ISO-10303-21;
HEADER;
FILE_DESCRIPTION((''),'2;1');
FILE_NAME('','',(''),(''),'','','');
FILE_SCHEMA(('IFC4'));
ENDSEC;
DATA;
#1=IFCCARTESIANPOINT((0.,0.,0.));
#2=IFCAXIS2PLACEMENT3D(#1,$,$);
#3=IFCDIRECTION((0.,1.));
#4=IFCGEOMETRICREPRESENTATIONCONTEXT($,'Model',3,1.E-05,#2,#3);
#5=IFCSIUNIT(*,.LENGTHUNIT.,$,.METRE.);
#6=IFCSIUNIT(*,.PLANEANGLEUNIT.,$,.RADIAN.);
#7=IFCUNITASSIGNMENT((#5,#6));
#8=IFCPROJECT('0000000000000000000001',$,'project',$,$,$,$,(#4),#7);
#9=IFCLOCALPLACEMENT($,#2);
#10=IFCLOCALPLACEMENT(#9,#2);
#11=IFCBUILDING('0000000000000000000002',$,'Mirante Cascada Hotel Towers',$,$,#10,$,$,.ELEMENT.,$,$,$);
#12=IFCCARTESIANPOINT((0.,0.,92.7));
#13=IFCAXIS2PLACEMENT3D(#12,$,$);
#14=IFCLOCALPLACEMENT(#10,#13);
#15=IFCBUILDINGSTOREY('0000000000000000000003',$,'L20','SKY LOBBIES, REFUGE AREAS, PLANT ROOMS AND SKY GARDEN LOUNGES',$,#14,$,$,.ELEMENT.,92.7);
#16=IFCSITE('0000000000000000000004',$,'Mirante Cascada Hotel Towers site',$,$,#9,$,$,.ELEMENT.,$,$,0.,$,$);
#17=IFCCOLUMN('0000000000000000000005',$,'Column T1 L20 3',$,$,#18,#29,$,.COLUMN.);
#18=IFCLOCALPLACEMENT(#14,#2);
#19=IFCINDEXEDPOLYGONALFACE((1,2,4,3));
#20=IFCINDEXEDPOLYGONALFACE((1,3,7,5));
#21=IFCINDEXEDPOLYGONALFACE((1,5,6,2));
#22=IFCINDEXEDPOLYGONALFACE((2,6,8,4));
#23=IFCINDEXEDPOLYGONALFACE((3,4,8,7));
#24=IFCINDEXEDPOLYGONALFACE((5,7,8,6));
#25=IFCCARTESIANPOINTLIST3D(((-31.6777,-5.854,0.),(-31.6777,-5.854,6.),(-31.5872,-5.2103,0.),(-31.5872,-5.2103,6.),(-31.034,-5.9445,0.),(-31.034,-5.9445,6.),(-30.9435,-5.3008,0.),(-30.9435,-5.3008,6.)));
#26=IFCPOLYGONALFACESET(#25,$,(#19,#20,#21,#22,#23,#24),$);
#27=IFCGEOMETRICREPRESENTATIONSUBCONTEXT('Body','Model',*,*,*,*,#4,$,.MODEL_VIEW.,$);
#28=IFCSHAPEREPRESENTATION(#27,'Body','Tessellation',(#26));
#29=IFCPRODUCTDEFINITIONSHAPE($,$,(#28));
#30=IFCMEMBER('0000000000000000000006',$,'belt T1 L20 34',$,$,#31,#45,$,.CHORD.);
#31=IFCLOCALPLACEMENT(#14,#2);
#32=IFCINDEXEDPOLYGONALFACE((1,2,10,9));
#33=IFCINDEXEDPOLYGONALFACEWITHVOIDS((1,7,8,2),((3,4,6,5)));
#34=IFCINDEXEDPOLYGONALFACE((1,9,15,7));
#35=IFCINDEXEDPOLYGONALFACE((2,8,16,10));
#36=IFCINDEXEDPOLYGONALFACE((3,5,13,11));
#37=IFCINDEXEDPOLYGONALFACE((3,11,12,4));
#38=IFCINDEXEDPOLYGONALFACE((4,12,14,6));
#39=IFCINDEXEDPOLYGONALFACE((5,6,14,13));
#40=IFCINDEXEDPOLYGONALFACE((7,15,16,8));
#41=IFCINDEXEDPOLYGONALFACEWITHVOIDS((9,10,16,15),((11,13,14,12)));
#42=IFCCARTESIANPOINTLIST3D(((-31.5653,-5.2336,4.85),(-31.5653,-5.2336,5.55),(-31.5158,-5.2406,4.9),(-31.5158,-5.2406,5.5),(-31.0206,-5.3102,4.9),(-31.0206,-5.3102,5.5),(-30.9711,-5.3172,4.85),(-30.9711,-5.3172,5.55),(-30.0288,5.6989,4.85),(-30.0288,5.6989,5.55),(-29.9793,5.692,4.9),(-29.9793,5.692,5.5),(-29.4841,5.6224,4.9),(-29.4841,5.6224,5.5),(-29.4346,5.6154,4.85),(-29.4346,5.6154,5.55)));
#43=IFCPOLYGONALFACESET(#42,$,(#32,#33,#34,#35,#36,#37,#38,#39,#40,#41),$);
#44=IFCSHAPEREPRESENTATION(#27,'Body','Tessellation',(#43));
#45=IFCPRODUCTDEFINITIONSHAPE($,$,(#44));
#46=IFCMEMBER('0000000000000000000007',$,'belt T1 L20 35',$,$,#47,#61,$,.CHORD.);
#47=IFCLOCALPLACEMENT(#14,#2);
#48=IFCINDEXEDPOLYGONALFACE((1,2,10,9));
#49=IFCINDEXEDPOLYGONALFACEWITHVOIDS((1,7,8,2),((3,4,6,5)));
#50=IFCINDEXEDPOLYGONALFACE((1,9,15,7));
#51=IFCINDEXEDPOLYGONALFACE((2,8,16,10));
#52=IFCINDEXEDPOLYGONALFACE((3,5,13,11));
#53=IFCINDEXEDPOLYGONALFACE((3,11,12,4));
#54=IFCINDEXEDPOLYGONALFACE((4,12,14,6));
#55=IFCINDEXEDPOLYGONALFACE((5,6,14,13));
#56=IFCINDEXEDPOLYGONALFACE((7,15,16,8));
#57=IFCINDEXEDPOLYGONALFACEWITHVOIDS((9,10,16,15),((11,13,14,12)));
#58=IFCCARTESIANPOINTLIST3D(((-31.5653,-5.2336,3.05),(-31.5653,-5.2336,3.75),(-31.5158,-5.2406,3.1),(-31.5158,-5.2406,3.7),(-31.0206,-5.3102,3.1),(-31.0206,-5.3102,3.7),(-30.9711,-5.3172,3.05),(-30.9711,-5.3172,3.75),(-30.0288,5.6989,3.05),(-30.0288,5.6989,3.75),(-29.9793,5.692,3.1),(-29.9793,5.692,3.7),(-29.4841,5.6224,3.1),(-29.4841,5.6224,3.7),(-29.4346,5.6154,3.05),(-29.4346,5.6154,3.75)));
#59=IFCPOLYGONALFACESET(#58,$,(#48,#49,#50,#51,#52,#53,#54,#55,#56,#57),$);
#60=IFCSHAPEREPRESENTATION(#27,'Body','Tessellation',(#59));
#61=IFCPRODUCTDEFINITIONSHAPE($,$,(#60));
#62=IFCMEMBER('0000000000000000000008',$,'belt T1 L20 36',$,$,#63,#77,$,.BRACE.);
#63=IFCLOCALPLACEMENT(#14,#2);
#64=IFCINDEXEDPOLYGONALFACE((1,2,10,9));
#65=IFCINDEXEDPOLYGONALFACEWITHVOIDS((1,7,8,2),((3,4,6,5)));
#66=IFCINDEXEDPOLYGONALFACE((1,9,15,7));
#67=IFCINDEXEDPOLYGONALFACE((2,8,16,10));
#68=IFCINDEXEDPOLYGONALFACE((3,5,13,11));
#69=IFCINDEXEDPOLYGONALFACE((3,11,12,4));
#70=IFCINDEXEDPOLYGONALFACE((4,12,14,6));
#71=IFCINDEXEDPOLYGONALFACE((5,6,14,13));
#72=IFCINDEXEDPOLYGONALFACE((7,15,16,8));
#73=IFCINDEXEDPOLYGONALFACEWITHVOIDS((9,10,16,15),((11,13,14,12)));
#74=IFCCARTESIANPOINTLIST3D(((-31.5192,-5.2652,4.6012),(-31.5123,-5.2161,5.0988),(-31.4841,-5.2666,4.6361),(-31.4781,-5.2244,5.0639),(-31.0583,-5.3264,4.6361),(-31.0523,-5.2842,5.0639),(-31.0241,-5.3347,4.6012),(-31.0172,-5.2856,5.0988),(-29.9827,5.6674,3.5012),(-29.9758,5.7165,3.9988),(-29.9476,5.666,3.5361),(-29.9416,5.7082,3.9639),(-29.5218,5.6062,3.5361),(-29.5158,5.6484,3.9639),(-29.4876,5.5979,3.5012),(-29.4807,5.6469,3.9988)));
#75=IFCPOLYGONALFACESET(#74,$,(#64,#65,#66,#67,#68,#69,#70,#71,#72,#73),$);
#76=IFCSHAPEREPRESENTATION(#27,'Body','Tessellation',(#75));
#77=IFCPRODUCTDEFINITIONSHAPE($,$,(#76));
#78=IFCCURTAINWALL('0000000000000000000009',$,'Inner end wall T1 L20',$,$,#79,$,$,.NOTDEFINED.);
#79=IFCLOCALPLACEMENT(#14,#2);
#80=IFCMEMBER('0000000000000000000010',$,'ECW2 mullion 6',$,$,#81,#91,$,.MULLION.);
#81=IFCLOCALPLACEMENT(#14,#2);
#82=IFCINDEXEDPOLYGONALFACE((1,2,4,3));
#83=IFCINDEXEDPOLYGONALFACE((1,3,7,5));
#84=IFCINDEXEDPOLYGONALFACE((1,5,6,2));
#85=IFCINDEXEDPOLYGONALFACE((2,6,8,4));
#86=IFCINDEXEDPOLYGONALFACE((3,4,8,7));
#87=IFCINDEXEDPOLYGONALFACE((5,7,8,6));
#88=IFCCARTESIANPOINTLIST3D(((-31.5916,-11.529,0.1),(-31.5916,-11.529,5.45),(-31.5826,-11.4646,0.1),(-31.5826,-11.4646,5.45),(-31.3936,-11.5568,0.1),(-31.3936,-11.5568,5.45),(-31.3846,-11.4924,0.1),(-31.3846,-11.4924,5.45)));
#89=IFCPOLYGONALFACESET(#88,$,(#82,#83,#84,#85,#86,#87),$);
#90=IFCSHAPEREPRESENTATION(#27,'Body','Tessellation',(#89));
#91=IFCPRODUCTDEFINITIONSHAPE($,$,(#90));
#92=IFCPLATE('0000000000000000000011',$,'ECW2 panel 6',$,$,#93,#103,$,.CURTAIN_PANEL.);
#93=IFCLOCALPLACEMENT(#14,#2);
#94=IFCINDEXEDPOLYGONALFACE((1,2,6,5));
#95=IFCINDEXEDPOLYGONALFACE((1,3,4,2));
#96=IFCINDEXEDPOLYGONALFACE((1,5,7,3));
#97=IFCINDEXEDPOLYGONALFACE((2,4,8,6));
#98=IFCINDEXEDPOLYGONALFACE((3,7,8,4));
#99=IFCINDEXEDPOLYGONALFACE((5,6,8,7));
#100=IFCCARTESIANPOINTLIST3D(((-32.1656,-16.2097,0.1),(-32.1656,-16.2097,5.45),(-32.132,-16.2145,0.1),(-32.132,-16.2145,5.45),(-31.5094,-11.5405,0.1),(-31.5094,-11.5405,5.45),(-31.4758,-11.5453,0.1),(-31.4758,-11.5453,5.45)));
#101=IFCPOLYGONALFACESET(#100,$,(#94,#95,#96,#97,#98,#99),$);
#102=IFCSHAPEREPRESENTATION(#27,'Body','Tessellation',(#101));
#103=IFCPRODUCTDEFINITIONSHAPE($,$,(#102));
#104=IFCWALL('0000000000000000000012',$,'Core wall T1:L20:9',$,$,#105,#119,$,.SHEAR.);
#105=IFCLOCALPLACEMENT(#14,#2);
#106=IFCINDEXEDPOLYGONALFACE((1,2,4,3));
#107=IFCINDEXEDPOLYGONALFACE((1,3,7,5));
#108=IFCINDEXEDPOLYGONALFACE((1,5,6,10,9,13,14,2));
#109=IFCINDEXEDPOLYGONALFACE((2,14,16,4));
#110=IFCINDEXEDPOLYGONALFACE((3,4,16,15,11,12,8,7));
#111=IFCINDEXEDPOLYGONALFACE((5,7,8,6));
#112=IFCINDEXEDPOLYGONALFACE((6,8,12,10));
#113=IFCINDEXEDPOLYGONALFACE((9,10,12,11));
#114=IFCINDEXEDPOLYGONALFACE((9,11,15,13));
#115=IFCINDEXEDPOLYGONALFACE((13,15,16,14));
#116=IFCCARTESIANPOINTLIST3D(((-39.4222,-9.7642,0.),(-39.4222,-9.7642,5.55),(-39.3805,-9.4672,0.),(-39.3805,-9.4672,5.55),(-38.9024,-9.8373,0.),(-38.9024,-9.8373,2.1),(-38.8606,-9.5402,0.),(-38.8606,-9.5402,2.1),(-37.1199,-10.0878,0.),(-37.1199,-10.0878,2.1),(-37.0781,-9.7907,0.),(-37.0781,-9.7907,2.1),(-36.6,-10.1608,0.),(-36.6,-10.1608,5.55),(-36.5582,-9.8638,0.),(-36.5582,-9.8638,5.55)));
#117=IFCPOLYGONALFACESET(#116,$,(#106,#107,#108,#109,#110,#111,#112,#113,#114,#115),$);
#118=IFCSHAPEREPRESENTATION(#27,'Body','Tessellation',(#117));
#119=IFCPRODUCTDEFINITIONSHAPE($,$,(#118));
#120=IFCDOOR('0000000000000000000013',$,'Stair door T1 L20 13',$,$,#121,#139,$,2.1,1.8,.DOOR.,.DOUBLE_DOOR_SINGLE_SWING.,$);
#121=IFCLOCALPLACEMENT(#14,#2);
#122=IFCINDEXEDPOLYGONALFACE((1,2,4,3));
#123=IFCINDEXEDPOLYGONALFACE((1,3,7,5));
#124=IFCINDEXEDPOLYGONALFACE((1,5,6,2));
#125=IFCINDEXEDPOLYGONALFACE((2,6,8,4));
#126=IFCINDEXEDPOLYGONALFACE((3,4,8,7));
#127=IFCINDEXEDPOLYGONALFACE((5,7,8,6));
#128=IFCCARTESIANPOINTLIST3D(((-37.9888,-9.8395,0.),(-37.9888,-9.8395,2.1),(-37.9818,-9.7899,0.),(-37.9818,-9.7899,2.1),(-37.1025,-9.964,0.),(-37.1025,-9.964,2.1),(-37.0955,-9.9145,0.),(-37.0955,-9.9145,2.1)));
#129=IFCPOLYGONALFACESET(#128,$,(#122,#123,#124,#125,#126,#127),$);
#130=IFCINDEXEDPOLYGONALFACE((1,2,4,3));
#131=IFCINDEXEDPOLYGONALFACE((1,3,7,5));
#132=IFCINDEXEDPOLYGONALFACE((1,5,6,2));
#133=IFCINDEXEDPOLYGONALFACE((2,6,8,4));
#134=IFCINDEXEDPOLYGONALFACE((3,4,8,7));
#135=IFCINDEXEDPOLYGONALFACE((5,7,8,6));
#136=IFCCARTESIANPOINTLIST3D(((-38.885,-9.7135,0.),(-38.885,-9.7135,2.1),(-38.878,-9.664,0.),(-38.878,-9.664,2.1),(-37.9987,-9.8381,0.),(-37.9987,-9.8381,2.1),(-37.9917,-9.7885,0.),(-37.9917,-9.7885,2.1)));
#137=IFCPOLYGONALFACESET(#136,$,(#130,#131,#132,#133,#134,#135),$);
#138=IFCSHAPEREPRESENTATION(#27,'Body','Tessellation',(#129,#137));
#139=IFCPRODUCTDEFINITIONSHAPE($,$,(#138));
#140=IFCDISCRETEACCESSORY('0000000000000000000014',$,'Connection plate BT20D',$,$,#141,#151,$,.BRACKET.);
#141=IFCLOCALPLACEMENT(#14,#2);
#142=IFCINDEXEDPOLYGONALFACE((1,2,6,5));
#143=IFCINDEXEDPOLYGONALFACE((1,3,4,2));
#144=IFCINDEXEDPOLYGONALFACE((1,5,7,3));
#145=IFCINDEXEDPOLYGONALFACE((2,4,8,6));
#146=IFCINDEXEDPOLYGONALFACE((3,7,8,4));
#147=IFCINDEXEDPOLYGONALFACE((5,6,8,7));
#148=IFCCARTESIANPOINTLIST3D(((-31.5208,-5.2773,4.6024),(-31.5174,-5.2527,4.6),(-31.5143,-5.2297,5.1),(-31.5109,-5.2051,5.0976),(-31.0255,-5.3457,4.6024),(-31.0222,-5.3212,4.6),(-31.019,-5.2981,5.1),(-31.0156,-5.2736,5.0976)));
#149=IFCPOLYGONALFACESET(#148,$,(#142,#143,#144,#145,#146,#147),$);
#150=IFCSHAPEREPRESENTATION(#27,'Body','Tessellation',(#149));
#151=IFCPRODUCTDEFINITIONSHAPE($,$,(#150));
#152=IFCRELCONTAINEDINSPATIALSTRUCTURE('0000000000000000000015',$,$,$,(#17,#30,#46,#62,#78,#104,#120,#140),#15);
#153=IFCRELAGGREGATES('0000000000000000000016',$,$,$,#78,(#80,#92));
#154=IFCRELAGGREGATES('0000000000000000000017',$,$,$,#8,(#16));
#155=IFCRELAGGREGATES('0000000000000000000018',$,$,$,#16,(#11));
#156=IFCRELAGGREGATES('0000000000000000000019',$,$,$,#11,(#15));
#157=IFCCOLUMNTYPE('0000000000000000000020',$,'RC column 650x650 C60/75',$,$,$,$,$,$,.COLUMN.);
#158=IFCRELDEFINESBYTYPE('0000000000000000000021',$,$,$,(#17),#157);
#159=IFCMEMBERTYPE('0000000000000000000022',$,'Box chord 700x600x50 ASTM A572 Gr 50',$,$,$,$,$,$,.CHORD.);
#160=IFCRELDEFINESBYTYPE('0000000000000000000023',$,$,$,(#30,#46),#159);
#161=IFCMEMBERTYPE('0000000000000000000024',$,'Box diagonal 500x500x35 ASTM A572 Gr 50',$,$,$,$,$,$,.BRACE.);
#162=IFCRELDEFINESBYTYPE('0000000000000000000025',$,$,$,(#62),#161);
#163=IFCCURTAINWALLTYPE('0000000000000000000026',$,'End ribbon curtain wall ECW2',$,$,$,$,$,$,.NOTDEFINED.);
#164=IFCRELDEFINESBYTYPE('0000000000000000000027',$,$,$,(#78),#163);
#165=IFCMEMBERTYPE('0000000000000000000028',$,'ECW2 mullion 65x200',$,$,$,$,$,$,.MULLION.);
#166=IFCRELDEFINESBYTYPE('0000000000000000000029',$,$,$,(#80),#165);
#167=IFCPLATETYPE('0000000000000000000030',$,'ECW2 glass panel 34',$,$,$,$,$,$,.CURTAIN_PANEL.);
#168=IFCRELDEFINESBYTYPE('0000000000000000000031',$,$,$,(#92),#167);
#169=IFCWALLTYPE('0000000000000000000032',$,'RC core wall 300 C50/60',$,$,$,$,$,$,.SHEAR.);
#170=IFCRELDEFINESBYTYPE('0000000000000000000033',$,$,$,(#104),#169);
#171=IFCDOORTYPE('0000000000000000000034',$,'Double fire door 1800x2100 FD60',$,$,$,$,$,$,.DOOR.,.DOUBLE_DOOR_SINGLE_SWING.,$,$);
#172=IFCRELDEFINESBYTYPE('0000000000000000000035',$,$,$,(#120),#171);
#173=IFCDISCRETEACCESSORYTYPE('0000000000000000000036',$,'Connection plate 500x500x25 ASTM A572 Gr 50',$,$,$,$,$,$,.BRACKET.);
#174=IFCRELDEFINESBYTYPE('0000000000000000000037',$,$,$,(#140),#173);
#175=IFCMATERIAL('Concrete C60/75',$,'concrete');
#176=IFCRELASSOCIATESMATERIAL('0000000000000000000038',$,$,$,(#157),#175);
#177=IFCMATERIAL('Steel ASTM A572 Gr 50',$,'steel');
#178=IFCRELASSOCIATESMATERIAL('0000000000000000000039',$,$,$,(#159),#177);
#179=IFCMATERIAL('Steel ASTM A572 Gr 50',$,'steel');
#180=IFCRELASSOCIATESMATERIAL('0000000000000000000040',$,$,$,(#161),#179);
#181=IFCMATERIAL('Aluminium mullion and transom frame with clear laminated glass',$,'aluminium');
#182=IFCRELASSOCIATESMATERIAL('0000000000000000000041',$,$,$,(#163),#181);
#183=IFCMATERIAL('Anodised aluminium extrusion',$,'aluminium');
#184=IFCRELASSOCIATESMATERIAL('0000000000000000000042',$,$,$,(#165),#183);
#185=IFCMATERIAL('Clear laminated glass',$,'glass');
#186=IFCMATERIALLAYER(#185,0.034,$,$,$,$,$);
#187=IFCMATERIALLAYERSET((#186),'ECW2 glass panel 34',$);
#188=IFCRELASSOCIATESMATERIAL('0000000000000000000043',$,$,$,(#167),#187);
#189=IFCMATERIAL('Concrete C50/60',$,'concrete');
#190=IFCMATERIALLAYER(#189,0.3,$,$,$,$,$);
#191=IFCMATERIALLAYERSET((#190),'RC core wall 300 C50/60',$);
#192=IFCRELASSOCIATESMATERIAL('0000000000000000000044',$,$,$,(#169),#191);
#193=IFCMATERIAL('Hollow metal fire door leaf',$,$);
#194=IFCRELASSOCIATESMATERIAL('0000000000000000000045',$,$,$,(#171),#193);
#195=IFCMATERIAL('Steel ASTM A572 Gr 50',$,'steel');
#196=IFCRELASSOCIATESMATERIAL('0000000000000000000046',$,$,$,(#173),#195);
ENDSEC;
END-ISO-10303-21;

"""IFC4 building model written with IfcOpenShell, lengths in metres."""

from ifc_helpers import new_model, si_unit, direction, frame, frame_2d, origin, origin_2d, place, context, subcontext, project, spatial, rectangle, hollow_rectangle, extrude, material, layer, layer_set, material_profile, profile_set, type_object, element, fill, aggregate, save


model = new_model("IFC4")

# Units and contexts
model_context = context("Model", 3, precision=1e-05, world=origin(), true_north=direction((0.0, 1.0)))
body_context = subcontext(model_context, "Body", "Model", "MODEL_VIEW")
ifc_project = project(units=[si_unit("LENGTHUNIT", "METRE"), si_unit("PLANEANGLEUNIT", "RADIAN")], contexts=[model_context])

# Site, building, storey
site_placement = place(None, origin())
site = spatial("IfcSite", under=ifc_project, at=site_placement, Name="Mirante Cascada Hotel Towers site", CompositionType="ELEMENT", RefElevation=0.0)
building_placement = place(site_placement, origin())
building = spatial("IfcBuilding", under=site, at=building_placement, Name="Mirante Cascada Hotel Towers", CompositionType="ELEMENT")
storey_placement = place(building_placement, frame((0.0, 0.0, 92.7)))
storey = spatial("IfcBuildingStorey", under=building, at=storey_placement, Name="L20", Description="SKY LOBBIES, REFUGE AREAS, PLANT ROOMS AND SKY GARDEN LOUNGES", CompositionType="ELEMENT", Elevation=92.7)

# Column
ifc_material_1 = material(Name="Concrete C60/75", Category="concrete")
ifc_material_profile_1 = material_profile(ifc_material_1, rectangle(XDim=0.65, YDim=0.65, at=origin_2d()), Name="RC column 650x650 C60/75")
ifc_profile_set_1 = profile_set([ifc_material_profile_1], Name="Concrete C60/75")
column_type = type_object("IfcColumnType", Name="RC column 650x650 C60/75", PredefinedType="COLUMN", material=ifc_profile_set_1)
column_placement = place(storey_placement, frame((-31.3106, -5.5774, 0.0), z_axis=(0.0, 0.0, 1.0), x_axis=(-0.990268, 0.139173, 0.0)))
element("IfcColumn", 1, at=column_placement, inside=storey, type_object=column_type, Name="Column T1 L20 3", PredefinedType="COLUMN", context=body_context, shape_type="SweptSolid", body=[
    extrude(rectangle(XDim=0.65, YDim=0.65, at=origin_2d()), origin(), (0.0, 0.0, 1.0), 6.0),
])

# Members
ifc_material_2 = material(Name="Steel ASTM A572 Gr 50", Category="steel")
ifc_material_profile_2 = material_profile(ifc_material_2, hollow_rectangle(XDim=0.6, YDim=0.7, WallThickness=0.05, at=origin_2d()), Name="Box chord 700x600x50 ASTM A572 Gr 50")
ifc_profile_set_2 = profile_set([ifc_material_profile_2], Name="Steel ASTM A572 Gr 50")
member_type_1 = type_object("IfcMemberType", Name="Box chord 700x600x50 ASTM A572 Gr 50", PredefinedType="CHORD", material=ifc_profile_set_2)
for number, where, z_axis, x_axis, name in (
    (2, (-31.2682, -5.2754, 5.2), (0.139175, 0.990268, 0.0), (-0.990268, 0.139175, 0.0), "belt T1 L20 34"),
    (3, (-31.2682, -5.2754, 3.4), (0.139175, 0.990268, 0.0), (-0.990268, 0.139175, 0.0), "belt T1 L20 35"),
):
    element("IfcMember", number, at=place(storey_placement, frame(where, z_axis=z_axis, x_axis=x_axis)), inside=storey, type_object=member_type_1, Name=name, PredefinedType="CHORD", context=body_context, shape_type="SweptSolid", body=[
        extrude(hollow_rectangle(XDim=0.6, YDim=0.7, WallThickness=0.05, at=origin_2d()), origin(), (0.0, 0.0, 1.0), 11.04),
    ])
ifc_material_3 = material(Name="Steel ASTM A572 Gr 50", Category="steel")
ifc_material_profile_3 = material_profile(ifc_material_3, hollow_rectangle(XDim=0.5, YDim=0.5, WallThickness=0.035, at=origin_2d()), Name="Box diagonal 500x500x35 ASTM A572 Gr 50")
ifc_profile_set_3 = profile_set([ifc_material_profile_3], Name="Steel ASTM A572 Gr 50")
member_type_2 = type_object("IfcMemberType", Name="Box diagonal 500x500x35 ASTM A572 Gr 50", PredefinedType="BRACE", material=ifc_profile_set_3)
member_1_placement = place(storey_placement, frame((-31.2682, -5.2754, 4.85), z_axis=(0.138489, 0.985389, -0.099146), x_axis=(-0.990268, 0.139175, 0.0)))
element("IfcMember", 4, at=member_1_placement, inside=storey, type_object=member_type_2, Name="belt T1 L20 36", PredefinedType="BRACE", context=body_context, shape_type="SweptSolid", body=[
    extrude(hollow_rectangle(XDim=0.5, YDim=0.5, WallThickness=0.035, at=origin_2d()), origin(), (0.0, 0.0, 1.0), 11.0947),
])

# Curtain wall, member, plate
ifc_material_4 = material(Name="Aluminium mullion and transom frame with clear laminated glass", Category="aluminium")
curtain_wall_type = type_object("IfcCurtainWallType", Name="End ribbon curtain wall ECW2", PredefinedType="NOTDEFINED", material=ifc_material_4)
curtain_wall_placement = place(storey_placement, origin())
curtain_wall = element("IfcCurtainWall", 5, at=curtain_wall_placement, inside=storey, type_object=curtain_wall_type, Name="Inner end wall T1 L20", PredefinedType="NOTDEFINED")
ifc_material_5 = material(Name="Anodised aluminium extrusion", Category="aluminium")
ifc_material_profile_4 = material_profile(ifc_material_5, rectangle(XDim=0.2, YDim=0.065, at=origin_2d()), Name="ECW2 MULLION 65x200")
ifc_profile_set_4 = profile_set([ifc_material_profile_4], Name="Anodised aluminium extrusion")
member_type_3 = type_object("IfcMemberType", Name="ECW2 mullion 65x200", PredefinedType="MULLION", material=ifc_profile_set_4)
member_2_placement = place(storey_placement, frame((-31.4881, -11.5107, 0.1), z_axis=(0.0, 0.0, 1.0), x_axis=(0.990268, -0.139173, 0.0)))
member_2 = element("IfcMember", 6, at=member_2_placement, type_object=member_type_3, Name="ECW2 mullion 6", PredefinedType="MULLION", context=body_context, shape_type="SweptSolid", body=[
    extrude(rectangle(XDim=0.2, YDim=0.065, at=origin_2d()), origin(), (0.0, 0.0, 1.0), 5.35),
])
ifc_material_6 = material(Name="Clear laminated glass", Category="glass")
ifc_layer_1 = layer(ifc_material_6, 0.034)
ifc_layer_set_1 = layer_set([ifc_layer_1], Name="ECW2 glass panel 34")
plate_type = type_object("IfcPlateType", Name="ECW2 glass panel 34", PredefinedType="CURTAIN_PANEL", material=ifc_layer_set_1)
plate_placement = place(storey_placement, frame((-31.8207, -13.8775, 0.1), z_axis=(0.0, 0.0, 1.0), x_axis=(-0.139173, -0.990268, 0.0)))
plate = element("IfcPlate", 7, at=plate_placement, type_object=plate_type, Name="ECW2 panel 6", PredefinedType="CURTAIN_PANEL", context=body_context, shape_type="SweptSolid", body=[
    extrude(rectangle(XDim=4.7151, YDim=0.034, at=origin_2d()), origin(), (0.0, 0.0, 1.0), 5.35),
])
aggregate(curtain_wall, [member_2, plate])

# Wall, opening, door
ifc_material_7 = material(Name="Concrete C50/60", Category="concrete")
ifc_layer_2 = layer(ifc_material_7, 0.3)
ifc_layer_set_2 = layer_set([ifc_layer_2], Name="RC core wall 300 C50/60")
wall_type_1 = type_object("IfcWallType", Name="RC core wall 300 C50/60", PredefinedType="SHEAR", material=ifc_layer_set_2)
wall_1_placement = place(storey_placement, frame((-36.5791, -10.0123, 0.0), z_axis=(0.0, 0.0, 1.0), x_axis=(-0.99027, 0.139156, 0.0)))
wall_1 = element("IfcWall", 8, at=wall_1_placement, inside=storey, type_object=wall_type_1, Name="Core wall T1:L20:9", PredefinedType="SHEAR", context=body_context, shape_type="SweptSolid", body=[
    extrude(rectangle(XDim=2.85, YDim=0.3, at=frame_2d((1.425, 0.0))), origin(), (0.0, 0.0, 1.0), 5.55),
])
opening_1_placement = place(wall_1_placement, frame((0.525, 0.0, 0.0)))
opening_1 = element("IfcOpeningElement", 9, at=opening_1_placement, cuts=wall_1, PredefinedType="OPENING", context=body_context, shape_type="SweptSolid", body=[
    extrude(rectangle(XDim=1.8, YDim=2.1, at=frame_2d((0.9, 1.05))), frame((0.0, 0.15, 0.0), z_axis=(0.0, -1.0, 0.0), x_axis=(1.0, 0.0, 0.0)), (0.0, 0.0, 1.0), 0.3),
])
ifc_material_8 = material(Name="Hollow metal fire door leaf")
door_type_1 = type_object("IfcDoorType", Name="Double fire door 1800x2100 FD60", OperationType="DOUBLE_DOOR_SINGLE_SWING", PredefinedType="DOOR", material=ifc_material_8)
door_1_placement = place(opening_1_placement, origin())
door_1 = element("IfcDoor", 10, at=door_1_placement, inside=storey, type_object=door_type_1, Name="Stair door T1 L20 13", OperationType="DOUBLE_DOOR_SINGLE_SWING", OverallHeight=2.1, OverallWidth=1.8, PredefinedType="DOOR", context=body_context, shape_type="SweptSolid", body=[
    extrude(rectangle(XDim=0.895, YDim=2.1, at=frame_2d((0.4475, 1.05))), frame((0.0, 0.025, 0.0), z_axis=(0.0, -1.0, 0.0), x_axis=(1.0, 0.0, 0.0)), (0.0, 0.0, 1.0), 0.05),
    extrude(rectangle(XDim=0.895, YDim=2.1, at=frame_2d((1.3525, 1.05))), frame((0.0, 0.025, 0.0), z_axis=(0.0, -1.0, 0.0), x_axis=(1.0, 0.0, 0.0)), (0.0, 0.0, 1.0), 0.05),
])
fill(opening_1, door_1)

# Discrete accessory
ifc_material_9 = material(Name="Steel ASTM A572 Gr 50", Category="steel")
ifc_material_profile_5 = material_profile(ifc_material_9, rectangle(XDim=0.5, YDim=0.5, at=origin_2d()), Name="Connection plate 500x500x25 ASTM A572 Gr 50")
ifc_profile_set_5 = profile_set([ifc_material_profile_5], Name="Steel ASTM A572 Gr 50")
discrete_accessory_type = type_object("IfcDiscreteAccessoryType", Name="Connection plate 500x500x25 ASTM A572 Gr 50", PredefinedType="BRACKET", material=ifc_profile_set_5)
discrete_accessory_placement = place(storey_placement, frame((-31.2699, -5.2877, 4.8512), z_axis=(0.136275, 0.98599, -0.096194), x_axis=(-0.990583, 0.13691, 0.0)))
element("IfcDiscreteAccessory", 11, at=discrete_accessory_placement, inside=storey, type_object=discrete_accessory_type, Name="Connection plate BT20D", PredefinedType="BRACKET", context=body_context, shape_type="SweptSolid", body=[
    extrude(rectangle(XDim=0.5, YDim=0.5, at=origin_2d()), origin(), (0.0, 0.0, 1.0), 0.0249),
])

save(model, "model.ifc")
